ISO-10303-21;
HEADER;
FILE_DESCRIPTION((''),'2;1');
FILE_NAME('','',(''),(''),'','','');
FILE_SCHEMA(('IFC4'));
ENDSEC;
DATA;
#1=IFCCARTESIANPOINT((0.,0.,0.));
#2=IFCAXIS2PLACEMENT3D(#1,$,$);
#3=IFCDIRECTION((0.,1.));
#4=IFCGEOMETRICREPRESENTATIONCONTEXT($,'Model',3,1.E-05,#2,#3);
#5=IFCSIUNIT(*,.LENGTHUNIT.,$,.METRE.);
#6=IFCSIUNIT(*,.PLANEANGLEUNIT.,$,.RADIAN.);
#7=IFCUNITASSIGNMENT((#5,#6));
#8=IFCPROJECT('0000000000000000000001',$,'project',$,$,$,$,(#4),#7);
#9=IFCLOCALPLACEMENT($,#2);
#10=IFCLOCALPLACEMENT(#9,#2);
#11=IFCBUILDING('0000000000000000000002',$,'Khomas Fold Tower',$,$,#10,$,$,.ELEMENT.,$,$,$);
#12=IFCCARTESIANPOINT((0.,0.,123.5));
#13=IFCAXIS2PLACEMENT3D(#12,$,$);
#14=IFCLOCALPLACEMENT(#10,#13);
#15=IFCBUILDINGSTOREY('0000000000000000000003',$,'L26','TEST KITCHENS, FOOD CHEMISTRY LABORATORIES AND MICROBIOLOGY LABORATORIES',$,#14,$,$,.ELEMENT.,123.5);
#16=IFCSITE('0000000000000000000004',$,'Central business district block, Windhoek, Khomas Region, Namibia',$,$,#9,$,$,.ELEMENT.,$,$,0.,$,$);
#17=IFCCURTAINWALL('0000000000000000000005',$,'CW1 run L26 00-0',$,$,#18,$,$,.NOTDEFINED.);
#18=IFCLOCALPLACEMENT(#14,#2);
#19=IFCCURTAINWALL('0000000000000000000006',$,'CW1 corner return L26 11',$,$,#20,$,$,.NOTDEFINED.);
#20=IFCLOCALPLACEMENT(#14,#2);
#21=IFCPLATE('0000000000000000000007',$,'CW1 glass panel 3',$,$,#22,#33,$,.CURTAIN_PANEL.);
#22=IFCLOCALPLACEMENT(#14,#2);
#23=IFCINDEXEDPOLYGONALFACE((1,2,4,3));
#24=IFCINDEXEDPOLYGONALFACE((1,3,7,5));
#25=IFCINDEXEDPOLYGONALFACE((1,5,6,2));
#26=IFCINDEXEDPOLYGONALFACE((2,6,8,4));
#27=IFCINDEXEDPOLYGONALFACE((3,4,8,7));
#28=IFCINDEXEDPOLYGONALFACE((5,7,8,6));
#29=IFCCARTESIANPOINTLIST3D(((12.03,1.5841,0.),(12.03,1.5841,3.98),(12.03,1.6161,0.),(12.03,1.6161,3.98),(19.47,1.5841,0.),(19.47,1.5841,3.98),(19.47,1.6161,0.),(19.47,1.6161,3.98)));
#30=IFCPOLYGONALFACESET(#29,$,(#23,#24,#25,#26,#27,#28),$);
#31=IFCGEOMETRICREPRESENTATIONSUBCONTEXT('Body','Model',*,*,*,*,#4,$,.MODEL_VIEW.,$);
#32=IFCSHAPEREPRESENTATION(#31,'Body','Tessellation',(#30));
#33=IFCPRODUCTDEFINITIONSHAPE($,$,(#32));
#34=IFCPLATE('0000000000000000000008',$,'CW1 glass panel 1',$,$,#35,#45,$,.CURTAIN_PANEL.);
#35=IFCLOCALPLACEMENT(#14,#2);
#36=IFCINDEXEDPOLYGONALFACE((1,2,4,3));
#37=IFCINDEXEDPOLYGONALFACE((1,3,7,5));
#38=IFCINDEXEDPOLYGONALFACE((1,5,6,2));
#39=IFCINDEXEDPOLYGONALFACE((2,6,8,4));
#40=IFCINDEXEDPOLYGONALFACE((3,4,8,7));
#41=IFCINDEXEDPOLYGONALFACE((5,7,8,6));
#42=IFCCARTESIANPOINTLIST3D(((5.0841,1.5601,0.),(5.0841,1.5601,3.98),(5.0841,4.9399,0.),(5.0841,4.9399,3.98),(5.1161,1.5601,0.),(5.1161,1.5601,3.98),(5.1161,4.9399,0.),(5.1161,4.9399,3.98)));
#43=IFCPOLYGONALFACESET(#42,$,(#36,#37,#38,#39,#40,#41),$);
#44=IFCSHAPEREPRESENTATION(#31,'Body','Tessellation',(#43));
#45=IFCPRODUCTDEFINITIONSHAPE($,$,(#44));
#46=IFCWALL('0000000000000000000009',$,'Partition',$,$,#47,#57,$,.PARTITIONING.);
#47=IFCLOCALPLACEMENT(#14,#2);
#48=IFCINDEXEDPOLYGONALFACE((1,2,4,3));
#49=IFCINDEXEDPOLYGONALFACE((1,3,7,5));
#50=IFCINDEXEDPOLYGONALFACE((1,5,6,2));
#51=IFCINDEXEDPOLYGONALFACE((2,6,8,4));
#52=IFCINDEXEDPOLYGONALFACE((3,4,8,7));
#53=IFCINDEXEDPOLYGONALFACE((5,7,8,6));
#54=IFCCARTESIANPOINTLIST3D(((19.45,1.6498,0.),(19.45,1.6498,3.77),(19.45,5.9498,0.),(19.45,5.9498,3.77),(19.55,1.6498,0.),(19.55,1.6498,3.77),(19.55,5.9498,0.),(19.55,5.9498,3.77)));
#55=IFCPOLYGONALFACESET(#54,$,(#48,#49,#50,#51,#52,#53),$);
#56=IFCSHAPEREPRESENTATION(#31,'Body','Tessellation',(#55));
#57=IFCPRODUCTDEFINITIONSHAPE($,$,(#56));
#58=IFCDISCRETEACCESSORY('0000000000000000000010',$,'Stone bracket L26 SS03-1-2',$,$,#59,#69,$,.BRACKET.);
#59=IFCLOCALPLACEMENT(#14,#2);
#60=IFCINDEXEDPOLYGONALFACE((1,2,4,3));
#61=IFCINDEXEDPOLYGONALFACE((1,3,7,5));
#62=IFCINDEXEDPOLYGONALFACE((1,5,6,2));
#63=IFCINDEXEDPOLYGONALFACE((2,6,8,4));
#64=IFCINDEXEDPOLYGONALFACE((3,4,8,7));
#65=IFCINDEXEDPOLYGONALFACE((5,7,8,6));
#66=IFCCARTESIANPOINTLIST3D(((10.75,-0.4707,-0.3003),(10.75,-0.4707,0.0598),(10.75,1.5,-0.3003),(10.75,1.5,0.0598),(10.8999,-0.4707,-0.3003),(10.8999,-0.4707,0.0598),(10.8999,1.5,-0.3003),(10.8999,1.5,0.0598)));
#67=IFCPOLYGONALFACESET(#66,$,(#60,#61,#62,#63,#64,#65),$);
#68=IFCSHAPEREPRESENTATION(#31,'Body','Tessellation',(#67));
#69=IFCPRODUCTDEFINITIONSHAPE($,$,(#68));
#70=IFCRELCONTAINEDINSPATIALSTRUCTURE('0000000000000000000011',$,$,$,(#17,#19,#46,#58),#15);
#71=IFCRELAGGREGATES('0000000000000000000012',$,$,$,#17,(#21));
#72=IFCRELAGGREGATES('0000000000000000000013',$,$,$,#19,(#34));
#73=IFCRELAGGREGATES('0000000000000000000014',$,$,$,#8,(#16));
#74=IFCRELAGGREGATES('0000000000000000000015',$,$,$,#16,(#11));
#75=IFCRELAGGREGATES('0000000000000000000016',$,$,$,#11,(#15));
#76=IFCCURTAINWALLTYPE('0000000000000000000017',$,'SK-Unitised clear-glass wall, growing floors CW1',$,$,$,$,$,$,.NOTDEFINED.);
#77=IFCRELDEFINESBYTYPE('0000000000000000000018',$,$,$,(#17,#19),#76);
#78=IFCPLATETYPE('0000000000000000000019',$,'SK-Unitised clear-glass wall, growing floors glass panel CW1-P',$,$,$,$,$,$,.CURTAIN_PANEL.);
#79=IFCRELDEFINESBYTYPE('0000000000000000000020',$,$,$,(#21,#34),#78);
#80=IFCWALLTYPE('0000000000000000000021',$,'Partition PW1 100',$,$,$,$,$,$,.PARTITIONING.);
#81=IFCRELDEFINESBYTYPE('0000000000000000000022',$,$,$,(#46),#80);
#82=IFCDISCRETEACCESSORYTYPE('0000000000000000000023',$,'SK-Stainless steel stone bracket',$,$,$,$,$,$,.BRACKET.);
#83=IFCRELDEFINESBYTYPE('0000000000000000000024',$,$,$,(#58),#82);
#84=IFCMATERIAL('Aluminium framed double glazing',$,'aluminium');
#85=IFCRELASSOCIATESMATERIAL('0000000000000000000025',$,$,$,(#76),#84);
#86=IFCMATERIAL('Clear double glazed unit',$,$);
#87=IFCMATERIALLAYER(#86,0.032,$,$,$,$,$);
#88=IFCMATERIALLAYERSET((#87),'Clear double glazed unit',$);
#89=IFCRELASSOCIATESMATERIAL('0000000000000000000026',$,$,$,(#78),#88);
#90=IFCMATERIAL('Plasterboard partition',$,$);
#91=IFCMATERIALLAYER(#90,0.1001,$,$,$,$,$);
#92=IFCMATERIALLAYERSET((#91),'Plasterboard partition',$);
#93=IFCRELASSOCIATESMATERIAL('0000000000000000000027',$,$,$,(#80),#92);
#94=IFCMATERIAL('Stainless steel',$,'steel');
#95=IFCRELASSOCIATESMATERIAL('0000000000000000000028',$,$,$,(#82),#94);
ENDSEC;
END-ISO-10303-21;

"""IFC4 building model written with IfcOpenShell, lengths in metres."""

from ifc_helpers import new_model, si_unit, direction, frame, frame_2d, origin, origin_2d, place, context, subcontext, project, spatial, rectangle, extrude, source, transform, mapped, material, layer, layer_set, type_object, element, aggregate, save


model = new_model("IFC4")

# Units and contexts
model_context = context("Model", 3, precision=1e-05, world=origin(), true_north=direction((0.0, 1.0)))
body_context = subcontext(model_context, "Body", "Model", "MODEL_VIEW")
ifc_project = project(units=[si_unit("LENGTHUNIT", "METRE"), si_unit("PLANEANGLEUNIT", "RADIAN")], contexts=[model_context])

# Site, building, storey
site_placement = place(None, origin())
site = spatial("IfcSite", under=ifc_project, at=site_placement, Name="Central business district block, Windhoek, Khomas Region, Namibia", CompositionType="ELEMENT", RefElevation=0.0)
building_placement = place(site_placement, origin())
building = spatial("IfcBuilding", under=site, at=building_placement, Name="Khomas Fold Tower", CompositionType="ELEMENT")
storey_placement = place(building_placement, frame((0.0, 0.0, 123.5)))
storey = spatial("IfcBuildingStorey", under=building, at=storey_placement, Name="L26", Description="TEST KITCHENS, FOOD CHEMISTRY LABORATORIES AND MICROBIOLOGY LABORATORIES", CompositionType="ELEMENT", Elevation=123.5)

# Curtain wall
ifc_material_1 = material(Name="Aluminium framed double glazing", Category="aluminium")
curtain_wall_type = type_object("IfcCurtainWallType", Name="SK-Unitised clear-glass wall, growing floors CW1", PredefinedType="NOTDEFINED", material=ifc_material_1)
curtain_wall_1_placement = place(storey_placement, origin())
curtain_wall_1 = element("IfcCurtainWall", 1, at=curtain_wall_1_placement, inside=storey, type_object=curtain_wall_type, Name="CW1 run L26 00-0", PredefinedType="NOTDEFINED")

# Curtain wall
curtain_wall_2_placement = place(storey_placement, origin())
curtain_wall_2 = element("IfcCurtainWall", 2, at=curtain_wall_2_placement, inside=storey, type_object=curtain_wall_type, Name="CW1 corner return L26 11", PredefinedType="NOTDEFINED")

# Plates
ifc_material_2 = material(Name="Clear double glazed unit")
ifc_layer_1 = layer(ifc_material_2, 0.032)
ifc_layer_set_1 = layer_set([ifc_layer_1], Name="Clear double glazed unit")
plate_type = type_object("IfcPlateType", Name="SK-Unitised clear-glass wall, growing floors glass panel CW1-P", PredefinedType="CURTAIN_PANEL", material=ifc_layer_set_1)
shared_shape_1 = source(origin(), body_context, "Body", "SweptSolid", [
    extrude(rectangle(XDim=7.4399, YDim=0.032, at=origin_2d()), origin(), (0.0, 0.0, 1.0), 3.98),
])
plate_1_placement = place(storey_placement, frame((15.75, 1.6001, 0.0), z_axis=(0.0, 0.0, 1.0), x_axis=(1.0, 0.0, 0.0)))
plate_1 = element("IfcPlate", 3, at=plate_1_placement, type_object=plate_type, Name="CW1 glass panel 3", PredefinedType="CURTAIN_PANEL", context=body_context, shape_type="MappedRepresentation", body=[
    mapped(shared_shape_1, transform((0.0, 0.0, 0.0))),
])
aggregate(curtain_wall_1, [plate_1])
shared_shape_2 = source(origin(), body_context, "Body", "SweptSolid", [
    extrude(rectangle(XDim=3.3799, YDim=0.032, at=origin_2d()), origin(), (0.0, 0.0, 1.0), 3.98),
])
plate_2_placement = place(storey_placement, frame((5.1001, 3.25, 0.0), z_axis=(0.0, 0.0, 1.0), x_axis=(0.0, -1.0, 0.0)))
plate_2 = element("IfcPlate", 4, at=plate_2_placement, type_object=plate_type, Name="CW1 glass panel 1", PredefinedType="CURTAIN_PANEL", context=body_context, shape_type="MappedRepresentation", body=[
    mapped(shared_shape_2, transform((0.0, 0.0, 0.0))),
])
aggregate(curtain_wall_2, [plate_2])

# Wall
ifc_material_3 = material(Name="Plasterboard partition")
ifc_layer_2 = layer(ifc_material_3, 0.1001)
ifc_layer_set_2 = layer_set([ifc_layer_2], Name="Plasterboard partition")
wall_type = type_object("IfcWallType", Name="Partition PW1 100", PredefinedType="PARTITIONING", material=ifc_layer_set_2)
shared_shape_3 = source(origin(), body_context, "Body", "SweptSolid", [
    extrude(rectangle(XDim=4.3, YDim=0.1001, at=frame_2d((2.1499, 0.0))), origin(), (0.0, 0.0, 1.0), 3.77),
])
wall_placement = place(storey_placement, frame((19.5, 1.6499, 0.0), z_axis=(0.0, 0.0, 1.0), x_axis=(0.0, 1.0, 0.0)))
element("IfcWall", 5, at=wall_placement, inside=storey, type_object=wall_type, Name="Partition", PredefinedType="PARTITIONING", context=body_context, shape_type="MappedRepresentation", body=[
    mapped(shared_shape_3, transform((0.0, 0.0, 0.0))),
])

# Discrete accessory
ifc_material_4 = material(Name="Stainless steel", Category="steel")
discrete_accessory_type = type_object("IfcDiscreteAccessoryType", Name="SK-Stainless steel stone bracket", PredefinedType="BRACKET", material=ifc_material_4)
shared_shape_4 = source(origin(), body_context, "Body", "SweptSolid", [
    extrude(rectangle(XDim=1.9707, YDim=0.1499, at=origin_2d()), origin(), (0.0, 0.0, 1.0), 0.3601),
])
discrete_accessory_placement = place(storey_placement, frame((10.825, 0.5146, -0.3003), z_axis=(0.0, 0.0, 1.0), x_axis=(0.0, -1.0, 0.0)))
element("IfcDiscreteAccessory", 6, at=discrete_accessory_placement, inside=storey, type_object=discrete_accessory_type, Name="Stone bracket L26 SS03-1-2", PredefinedType="BRACKET", context=body_context, shape_type="MappedRepresentation", body=[
    mapped(shared_shape_4, transform((0.0, 0.0, 0.0))),
])

save(model, "model.ifc")
